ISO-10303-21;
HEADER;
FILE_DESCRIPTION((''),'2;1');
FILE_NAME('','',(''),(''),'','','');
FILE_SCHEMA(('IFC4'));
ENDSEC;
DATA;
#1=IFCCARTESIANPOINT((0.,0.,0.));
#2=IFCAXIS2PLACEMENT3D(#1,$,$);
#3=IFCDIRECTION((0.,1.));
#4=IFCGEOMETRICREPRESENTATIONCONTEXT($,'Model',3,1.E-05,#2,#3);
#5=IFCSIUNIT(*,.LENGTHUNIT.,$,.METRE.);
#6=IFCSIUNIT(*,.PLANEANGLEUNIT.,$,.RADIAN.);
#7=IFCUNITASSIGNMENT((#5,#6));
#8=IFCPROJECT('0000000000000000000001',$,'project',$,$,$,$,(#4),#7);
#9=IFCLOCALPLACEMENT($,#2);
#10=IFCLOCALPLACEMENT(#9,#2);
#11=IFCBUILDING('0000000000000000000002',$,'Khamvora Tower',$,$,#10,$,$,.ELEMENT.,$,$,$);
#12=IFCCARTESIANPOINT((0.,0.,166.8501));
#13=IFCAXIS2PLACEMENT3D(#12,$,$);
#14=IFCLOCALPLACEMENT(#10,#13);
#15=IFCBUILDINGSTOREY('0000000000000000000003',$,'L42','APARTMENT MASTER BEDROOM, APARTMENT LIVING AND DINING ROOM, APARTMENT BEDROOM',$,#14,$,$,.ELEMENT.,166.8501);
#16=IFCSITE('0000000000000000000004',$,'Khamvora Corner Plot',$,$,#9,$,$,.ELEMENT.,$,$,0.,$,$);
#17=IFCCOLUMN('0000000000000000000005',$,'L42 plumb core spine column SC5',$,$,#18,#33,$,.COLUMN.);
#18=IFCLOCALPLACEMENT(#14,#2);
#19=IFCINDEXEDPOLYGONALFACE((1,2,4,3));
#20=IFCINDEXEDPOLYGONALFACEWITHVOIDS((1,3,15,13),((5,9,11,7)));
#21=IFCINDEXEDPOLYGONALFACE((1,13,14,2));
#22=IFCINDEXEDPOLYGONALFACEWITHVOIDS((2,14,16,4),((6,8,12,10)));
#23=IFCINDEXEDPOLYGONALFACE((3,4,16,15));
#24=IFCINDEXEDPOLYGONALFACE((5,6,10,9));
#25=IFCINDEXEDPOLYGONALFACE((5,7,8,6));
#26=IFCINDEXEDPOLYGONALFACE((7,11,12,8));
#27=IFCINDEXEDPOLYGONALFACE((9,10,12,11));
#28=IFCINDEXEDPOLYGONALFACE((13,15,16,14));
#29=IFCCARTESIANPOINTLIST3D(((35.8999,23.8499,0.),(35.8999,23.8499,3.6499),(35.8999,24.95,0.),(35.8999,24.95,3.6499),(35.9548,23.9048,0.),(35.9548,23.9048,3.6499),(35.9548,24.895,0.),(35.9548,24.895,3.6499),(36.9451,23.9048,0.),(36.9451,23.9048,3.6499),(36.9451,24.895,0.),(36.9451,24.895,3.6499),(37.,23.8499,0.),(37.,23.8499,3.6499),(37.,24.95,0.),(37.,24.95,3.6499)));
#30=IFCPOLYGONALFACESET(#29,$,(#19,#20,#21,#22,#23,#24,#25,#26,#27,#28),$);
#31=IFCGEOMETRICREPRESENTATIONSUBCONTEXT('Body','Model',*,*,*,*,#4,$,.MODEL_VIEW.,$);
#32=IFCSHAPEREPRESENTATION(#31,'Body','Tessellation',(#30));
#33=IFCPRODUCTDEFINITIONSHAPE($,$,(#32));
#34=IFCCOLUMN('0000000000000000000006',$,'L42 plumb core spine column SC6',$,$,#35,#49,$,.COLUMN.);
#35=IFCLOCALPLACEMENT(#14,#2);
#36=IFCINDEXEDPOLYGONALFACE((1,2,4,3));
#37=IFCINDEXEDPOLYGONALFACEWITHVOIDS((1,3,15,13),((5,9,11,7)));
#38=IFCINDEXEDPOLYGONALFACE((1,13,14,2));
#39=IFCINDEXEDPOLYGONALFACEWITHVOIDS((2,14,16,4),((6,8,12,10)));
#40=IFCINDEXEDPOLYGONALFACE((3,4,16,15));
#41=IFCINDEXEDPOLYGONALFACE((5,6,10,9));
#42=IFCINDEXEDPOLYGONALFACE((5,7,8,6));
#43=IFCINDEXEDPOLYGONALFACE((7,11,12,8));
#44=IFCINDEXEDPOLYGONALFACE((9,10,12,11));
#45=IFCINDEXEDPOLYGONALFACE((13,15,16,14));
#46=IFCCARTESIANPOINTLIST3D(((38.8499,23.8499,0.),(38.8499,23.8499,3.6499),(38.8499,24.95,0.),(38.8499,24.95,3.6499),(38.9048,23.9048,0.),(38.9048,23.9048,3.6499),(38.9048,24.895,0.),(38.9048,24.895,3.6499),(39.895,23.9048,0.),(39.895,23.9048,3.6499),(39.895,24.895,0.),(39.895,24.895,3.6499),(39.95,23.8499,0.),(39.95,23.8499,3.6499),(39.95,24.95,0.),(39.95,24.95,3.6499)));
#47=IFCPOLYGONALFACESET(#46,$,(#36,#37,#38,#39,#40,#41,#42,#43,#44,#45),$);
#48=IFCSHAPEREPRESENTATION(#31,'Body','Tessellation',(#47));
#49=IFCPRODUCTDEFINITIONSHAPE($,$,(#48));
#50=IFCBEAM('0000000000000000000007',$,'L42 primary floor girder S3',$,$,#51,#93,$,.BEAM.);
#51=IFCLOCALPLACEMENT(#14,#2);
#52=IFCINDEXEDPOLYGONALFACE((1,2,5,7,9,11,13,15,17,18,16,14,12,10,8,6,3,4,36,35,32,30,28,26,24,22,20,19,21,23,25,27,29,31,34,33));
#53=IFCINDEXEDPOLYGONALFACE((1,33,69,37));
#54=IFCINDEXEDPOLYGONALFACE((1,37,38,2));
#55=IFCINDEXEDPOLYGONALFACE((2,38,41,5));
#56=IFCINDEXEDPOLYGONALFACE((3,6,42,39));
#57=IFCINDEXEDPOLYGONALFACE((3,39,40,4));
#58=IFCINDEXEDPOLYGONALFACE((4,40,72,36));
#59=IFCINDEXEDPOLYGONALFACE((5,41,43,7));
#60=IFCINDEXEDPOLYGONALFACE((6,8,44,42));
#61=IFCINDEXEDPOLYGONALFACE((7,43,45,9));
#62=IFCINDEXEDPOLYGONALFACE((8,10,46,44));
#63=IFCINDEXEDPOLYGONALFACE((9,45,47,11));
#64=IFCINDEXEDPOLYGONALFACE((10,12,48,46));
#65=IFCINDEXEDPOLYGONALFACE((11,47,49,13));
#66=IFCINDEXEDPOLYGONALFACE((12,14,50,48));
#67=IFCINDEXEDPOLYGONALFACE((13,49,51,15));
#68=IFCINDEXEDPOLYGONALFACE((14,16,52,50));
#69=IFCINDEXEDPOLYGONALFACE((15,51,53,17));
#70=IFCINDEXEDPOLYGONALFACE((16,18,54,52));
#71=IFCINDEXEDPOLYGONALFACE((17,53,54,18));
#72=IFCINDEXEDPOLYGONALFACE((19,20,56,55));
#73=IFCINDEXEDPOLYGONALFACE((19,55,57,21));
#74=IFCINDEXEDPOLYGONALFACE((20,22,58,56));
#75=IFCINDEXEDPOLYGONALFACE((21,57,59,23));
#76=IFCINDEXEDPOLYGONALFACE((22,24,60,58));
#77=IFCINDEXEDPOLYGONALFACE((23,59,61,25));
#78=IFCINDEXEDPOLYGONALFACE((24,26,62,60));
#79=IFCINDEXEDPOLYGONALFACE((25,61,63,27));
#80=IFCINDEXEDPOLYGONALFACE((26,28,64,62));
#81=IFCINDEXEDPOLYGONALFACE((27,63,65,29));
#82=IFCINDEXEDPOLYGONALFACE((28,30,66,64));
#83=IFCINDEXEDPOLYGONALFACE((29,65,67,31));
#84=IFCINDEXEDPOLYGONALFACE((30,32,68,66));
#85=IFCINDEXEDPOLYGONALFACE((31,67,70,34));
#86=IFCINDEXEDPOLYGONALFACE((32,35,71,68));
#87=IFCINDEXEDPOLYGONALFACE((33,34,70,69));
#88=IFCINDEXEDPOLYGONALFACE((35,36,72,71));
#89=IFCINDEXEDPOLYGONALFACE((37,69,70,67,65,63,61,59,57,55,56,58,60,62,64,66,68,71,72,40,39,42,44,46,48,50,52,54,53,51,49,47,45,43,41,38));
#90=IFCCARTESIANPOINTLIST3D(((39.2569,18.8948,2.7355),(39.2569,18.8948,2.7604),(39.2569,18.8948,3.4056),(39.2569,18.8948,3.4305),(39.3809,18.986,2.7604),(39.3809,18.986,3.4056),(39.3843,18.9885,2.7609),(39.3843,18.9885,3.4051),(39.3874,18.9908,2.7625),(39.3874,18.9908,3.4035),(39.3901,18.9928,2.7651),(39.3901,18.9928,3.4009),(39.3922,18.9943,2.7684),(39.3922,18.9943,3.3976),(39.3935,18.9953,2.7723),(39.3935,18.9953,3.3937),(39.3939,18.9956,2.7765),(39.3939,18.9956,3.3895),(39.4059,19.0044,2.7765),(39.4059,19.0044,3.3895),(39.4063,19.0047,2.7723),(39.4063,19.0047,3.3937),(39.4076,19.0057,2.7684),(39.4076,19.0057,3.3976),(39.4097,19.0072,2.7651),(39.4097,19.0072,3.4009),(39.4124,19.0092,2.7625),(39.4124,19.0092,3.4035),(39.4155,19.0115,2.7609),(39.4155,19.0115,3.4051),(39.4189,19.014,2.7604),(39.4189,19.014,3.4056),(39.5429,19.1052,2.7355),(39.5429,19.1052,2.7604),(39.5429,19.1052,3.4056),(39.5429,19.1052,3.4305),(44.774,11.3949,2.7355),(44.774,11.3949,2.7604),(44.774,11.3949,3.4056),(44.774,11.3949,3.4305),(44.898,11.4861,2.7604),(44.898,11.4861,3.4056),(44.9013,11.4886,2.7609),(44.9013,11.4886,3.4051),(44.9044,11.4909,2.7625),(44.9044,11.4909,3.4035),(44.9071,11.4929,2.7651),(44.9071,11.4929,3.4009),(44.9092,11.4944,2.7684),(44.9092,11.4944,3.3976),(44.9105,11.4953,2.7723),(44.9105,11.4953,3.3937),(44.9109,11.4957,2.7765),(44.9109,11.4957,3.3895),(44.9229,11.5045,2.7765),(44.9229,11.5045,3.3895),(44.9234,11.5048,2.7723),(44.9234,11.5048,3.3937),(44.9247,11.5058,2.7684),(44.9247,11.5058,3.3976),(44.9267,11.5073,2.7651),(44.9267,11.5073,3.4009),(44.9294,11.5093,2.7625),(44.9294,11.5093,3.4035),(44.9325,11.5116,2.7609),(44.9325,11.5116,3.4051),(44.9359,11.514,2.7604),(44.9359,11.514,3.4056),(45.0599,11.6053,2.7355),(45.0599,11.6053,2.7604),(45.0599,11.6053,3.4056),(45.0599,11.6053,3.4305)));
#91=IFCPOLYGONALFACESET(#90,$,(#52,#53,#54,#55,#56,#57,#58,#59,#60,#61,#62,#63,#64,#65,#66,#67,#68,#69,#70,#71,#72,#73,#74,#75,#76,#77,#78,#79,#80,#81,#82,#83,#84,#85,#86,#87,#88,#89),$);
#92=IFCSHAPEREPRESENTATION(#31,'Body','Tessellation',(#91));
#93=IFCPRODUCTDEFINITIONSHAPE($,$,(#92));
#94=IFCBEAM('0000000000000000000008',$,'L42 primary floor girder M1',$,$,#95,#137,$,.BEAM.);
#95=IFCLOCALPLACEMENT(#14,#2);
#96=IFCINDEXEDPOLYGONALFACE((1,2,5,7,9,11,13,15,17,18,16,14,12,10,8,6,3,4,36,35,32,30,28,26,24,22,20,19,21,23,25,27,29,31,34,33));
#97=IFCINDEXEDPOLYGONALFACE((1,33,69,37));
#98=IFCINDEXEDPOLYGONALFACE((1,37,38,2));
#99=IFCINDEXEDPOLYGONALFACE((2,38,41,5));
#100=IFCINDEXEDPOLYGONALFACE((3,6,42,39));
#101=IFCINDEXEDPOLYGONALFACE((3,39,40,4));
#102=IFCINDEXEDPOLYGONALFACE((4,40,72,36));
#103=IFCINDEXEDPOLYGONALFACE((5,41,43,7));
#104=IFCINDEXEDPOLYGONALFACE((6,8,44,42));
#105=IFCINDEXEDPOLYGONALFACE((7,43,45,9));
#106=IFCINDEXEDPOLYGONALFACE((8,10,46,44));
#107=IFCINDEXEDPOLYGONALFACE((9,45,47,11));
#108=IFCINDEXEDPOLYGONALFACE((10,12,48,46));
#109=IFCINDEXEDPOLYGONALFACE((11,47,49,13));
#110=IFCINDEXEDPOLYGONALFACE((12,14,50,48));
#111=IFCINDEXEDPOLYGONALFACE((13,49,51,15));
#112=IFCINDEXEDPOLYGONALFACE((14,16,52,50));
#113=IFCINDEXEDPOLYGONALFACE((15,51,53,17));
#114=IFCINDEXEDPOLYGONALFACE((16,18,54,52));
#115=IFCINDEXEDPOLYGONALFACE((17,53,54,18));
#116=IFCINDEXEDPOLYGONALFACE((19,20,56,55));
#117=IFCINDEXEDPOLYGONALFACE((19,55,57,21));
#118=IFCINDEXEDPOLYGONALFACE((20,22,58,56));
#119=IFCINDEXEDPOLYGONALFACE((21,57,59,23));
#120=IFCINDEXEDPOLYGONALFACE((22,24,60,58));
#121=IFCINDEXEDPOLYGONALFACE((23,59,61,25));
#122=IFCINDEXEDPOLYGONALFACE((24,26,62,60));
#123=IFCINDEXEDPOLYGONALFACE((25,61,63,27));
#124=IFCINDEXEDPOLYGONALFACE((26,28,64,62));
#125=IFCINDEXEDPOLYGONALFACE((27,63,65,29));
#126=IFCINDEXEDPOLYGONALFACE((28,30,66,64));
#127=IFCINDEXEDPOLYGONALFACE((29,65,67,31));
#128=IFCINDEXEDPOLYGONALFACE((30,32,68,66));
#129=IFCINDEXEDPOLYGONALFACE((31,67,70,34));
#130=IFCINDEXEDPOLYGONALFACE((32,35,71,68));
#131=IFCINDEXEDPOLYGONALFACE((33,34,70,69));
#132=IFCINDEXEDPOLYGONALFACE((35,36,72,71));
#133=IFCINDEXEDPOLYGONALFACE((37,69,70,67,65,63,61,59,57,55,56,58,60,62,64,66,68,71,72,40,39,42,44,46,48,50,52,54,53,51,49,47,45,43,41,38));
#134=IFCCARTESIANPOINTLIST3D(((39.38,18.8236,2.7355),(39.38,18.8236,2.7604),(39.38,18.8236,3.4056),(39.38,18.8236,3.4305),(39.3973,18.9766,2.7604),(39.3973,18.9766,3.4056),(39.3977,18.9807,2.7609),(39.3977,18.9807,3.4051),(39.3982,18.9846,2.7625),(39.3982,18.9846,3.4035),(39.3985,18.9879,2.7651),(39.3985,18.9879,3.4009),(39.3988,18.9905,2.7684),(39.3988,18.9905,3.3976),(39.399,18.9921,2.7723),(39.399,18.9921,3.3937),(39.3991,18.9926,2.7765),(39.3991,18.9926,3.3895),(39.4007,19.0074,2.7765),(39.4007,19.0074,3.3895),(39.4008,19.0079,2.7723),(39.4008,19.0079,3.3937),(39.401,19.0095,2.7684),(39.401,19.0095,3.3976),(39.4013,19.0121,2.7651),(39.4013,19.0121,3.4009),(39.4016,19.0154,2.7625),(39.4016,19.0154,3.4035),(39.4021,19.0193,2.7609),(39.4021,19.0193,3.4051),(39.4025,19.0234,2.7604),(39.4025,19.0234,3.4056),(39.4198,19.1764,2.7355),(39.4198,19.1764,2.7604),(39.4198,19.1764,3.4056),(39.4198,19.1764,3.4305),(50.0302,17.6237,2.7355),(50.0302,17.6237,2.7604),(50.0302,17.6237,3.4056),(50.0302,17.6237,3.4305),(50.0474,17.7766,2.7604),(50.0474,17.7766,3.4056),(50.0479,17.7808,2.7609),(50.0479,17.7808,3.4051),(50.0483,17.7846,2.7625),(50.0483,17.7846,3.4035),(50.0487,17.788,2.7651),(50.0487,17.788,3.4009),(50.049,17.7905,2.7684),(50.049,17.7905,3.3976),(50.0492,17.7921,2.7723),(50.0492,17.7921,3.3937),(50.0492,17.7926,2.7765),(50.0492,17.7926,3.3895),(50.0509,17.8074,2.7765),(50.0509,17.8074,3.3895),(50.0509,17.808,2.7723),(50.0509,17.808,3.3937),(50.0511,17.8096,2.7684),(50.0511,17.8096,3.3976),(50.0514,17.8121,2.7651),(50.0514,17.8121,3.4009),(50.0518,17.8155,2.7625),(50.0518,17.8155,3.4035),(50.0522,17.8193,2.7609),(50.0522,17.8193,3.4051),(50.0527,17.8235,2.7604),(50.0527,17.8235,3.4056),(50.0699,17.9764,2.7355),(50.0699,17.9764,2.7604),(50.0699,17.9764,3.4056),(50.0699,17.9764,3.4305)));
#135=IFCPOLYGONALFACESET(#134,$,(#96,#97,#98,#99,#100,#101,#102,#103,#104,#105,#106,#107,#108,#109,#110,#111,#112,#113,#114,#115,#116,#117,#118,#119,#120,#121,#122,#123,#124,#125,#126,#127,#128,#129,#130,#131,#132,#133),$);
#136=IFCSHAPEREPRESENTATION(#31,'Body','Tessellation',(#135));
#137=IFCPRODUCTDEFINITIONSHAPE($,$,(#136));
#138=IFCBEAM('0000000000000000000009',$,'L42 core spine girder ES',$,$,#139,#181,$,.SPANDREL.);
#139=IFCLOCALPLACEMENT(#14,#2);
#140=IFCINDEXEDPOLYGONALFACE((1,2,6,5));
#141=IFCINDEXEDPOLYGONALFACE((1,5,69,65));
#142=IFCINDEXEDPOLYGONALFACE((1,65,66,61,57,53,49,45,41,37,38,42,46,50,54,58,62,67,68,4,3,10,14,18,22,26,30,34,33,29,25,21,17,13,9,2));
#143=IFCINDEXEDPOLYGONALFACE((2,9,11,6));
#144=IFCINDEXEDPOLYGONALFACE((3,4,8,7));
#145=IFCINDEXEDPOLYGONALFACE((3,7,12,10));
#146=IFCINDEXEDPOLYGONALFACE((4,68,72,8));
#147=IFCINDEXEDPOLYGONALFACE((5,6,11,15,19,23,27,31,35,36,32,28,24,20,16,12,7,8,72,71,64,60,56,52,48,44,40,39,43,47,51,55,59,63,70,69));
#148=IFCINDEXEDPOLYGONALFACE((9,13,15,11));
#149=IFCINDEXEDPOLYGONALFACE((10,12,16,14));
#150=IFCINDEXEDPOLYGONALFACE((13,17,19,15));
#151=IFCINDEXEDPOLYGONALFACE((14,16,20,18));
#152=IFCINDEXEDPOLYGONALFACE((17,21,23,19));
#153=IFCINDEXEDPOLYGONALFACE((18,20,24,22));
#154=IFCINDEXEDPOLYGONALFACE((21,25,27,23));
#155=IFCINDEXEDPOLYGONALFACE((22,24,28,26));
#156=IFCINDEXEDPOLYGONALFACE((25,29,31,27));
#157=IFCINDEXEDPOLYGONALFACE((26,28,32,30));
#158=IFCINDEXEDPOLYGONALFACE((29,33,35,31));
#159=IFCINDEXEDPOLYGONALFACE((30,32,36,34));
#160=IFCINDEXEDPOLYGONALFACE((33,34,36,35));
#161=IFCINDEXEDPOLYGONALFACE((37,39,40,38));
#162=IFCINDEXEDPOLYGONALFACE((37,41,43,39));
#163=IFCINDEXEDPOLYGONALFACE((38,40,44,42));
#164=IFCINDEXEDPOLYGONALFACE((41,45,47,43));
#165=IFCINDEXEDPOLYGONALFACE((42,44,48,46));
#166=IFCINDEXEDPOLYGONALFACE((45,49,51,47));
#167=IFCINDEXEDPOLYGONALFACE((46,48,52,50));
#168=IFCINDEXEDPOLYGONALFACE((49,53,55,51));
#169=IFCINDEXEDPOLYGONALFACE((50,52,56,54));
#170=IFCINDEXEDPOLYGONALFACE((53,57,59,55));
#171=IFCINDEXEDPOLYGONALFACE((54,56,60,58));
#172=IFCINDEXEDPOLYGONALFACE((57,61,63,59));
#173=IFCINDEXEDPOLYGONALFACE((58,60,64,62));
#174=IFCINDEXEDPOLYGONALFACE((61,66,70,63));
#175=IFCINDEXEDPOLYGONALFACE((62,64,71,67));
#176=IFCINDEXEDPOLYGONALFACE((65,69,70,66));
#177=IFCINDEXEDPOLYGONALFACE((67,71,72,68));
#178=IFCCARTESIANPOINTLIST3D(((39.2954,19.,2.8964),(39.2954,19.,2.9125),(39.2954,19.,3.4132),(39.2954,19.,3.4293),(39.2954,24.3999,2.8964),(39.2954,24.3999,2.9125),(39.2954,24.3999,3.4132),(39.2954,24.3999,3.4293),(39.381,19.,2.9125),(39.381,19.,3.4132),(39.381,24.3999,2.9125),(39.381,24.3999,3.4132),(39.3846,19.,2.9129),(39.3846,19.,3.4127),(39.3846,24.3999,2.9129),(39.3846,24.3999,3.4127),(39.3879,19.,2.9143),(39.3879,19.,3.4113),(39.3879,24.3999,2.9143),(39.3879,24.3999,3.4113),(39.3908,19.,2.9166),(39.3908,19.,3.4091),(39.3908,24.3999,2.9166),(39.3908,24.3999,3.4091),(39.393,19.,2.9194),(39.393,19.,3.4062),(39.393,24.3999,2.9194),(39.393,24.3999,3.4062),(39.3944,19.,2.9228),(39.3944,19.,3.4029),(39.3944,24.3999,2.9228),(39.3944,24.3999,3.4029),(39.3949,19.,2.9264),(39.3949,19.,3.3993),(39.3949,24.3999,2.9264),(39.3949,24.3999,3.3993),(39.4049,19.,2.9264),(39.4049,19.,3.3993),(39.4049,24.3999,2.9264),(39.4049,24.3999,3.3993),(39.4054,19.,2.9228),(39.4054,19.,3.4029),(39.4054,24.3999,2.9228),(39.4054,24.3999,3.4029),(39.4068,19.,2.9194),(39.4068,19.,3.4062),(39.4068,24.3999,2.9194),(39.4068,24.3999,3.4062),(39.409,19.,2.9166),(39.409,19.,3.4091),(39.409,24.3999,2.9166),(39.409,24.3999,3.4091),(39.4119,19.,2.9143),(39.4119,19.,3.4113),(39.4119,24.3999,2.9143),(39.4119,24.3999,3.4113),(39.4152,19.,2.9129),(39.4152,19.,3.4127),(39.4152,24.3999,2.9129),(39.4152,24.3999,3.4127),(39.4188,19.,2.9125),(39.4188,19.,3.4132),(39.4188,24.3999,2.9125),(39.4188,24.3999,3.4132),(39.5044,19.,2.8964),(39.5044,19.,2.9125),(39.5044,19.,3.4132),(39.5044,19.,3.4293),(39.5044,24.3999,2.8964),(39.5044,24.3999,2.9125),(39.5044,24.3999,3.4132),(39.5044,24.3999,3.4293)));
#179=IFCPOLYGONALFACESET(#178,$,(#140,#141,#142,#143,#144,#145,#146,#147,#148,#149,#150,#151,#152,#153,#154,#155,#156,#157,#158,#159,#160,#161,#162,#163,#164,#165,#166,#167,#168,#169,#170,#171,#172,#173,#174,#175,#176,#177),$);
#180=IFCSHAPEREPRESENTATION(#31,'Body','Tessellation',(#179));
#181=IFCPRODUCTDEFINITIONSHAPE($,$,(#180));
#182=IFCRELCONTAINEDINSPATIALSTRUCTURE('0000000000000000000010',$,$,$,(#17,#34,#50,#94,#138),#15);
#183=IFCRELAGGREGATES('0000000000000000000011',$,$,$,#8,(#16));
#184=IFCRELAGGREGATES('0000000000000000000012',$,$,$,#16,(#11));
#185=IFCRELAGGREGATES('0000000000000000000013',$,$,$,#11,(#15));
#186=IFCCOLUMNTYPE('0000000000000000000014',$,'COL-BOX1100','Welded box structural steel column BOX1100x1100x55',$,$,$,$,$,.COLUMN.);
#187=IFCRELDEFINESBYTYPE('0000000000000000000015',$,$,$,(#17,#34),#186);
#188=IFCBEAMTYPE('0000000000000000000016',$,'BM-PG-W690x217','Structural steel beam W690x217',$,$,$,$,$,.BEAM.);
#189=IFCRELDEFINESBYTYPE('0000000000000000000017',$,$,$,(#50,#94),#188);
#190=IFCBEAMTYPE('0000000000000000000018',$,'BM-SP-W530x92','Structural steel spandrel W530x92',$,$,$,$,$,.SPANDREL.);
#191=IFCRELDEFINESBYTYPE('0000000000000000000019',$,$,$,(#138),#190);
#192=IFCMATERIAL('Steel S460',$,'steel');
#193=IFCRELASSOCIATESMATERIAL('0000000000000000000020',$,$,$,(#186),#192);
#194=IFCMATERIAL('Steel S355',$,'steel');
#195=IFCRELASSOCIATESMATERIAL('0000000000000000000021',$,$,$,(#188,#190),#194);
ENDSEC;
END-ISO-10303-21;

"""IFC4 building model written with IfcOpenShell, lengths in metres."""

from ifc_helpers import new_model, si_unit, direction, frame, origin, origin_2d, place, context, subcontext, project, spatial, hollow_rectangle, i_section, extrude, material, material_profile, profile_set, type_object, element, save


model = new_model("IFC4")

# Units and contexts
model_context = context("Model", 3, precision=1e-05, world=origin(), true_north=direction((0.0, 1.0)))
body_context = subcontext(model_context, "Body", "Model", "MODEL_VIEW")
ifc_project = project(units=[si_unit("LENGTHUNIT", "METRE"), si_unit("PLANEANGLEUNIT", "RADIAN")], contexts=[model_context])

# Site, building, storey
site_placement = place(None, origin())
site = spatial("IfcSite", under=ifc_project, at=site_placement, Name="Khamvora Corner Plot", CompositionType="ELEMENT", RefElevation=0.0)
building_placement = place(site_placement, origin())
building = spatial("IfcBuilding", under=site, at=building_placement, Name="Khamvora Tower", CompositionType="ELEMENT")
storey_placement = place(building_placement, frame((0.0, 0.0, 166.8501)))
storey = spatial("IfcBuildingStorey", under=building, at=storey_placement, Name="L42", Description="APARTMENT MASTER BEDROOM, APARTMENT LIVING AND DINING ROOM, APARTMENT BEDROOM", CompositionType="ELEMENT", Elevation=166.8501)

# Columns
ifc_material_1 = material(Name="Steel S460", Category="steel")
ifc_material_profile_1 = material_profile(ifc_material_1, hollow_rectangle(XDim=1.1001, YDim=1.1001, WallThickness=0.0549, at=origin_2d()), Name="BOX1100x1100x55")
ifc_profile_set_1 = profile_set([ifc_material_profile_1], Name="Steel S460")
column_type = type_object("IfcColumnType", Name="COL-BOX1100", Description="Welded box structural steel column BOX1100x1100x55", PredefinedType="COLUMN", material=ifc_profile_set_1)
for number, where, z_axis, x_axis, name in (
    (1, (36.45, 24.3999, 0.0), (0.0, 0.0, 1.0), (1.0, 0.0, 0.0), "L42 plumb core spine column SC5"),
    (2, (39.3999, 24.3999, 0.0), (0.0, 0.0, 1.0), (1.0, 0.0, 0.0), "L42 plumb core spine column SC6"),
):
    element("IfcColumn", number, at=place(storey_placement, frame(where, z_axis=z_axis, x_axis=x_axis)), inside=storey, type_object=column_type, Name=name, PredefinedType="COLUMN", context=body_context, shape_type="SweptSolid", body=[
        extrude(hollow_rectangle(XDim=1.1001, YDim=1.1001, WallThickness=0.0549, at=origin_2d()), origin(), (0.0, 0.0, 1.0), 3.6499),
    ])

# Beams
ifc_material_2 = material(Name="Steel S355", Category="steel")
ifc_material_profile_2 = material_profile(ifc_material_2, i_section(OverallWidth=0.355, OverallDepth=0.6951, WebThickness=0.0149, FlangeThickness=0.0249, FilletRadius=0.0161, at=origin_2d()), Name="W690x217")
ifc_profile_set_2 = profile_set([ifc_material_profile_2], Name="Steel S355")
beam_type_1 = type_object("IfcBeamType", Name="BM-PG-W690x217", Description="Structural steel beam W690x217", PredefinedType="BEAM", material=ifc_profile_set_2)
beam_1_placement = place(storey_placement, frame((39.3999, 19.0, 3.083), z_axis=(0.592557, -0.805529, 0.0), x_axis=(0.805529, 0.592557, 0.0)))
element("IfcBeam", 3, at=beam_1_placement, inside=storey, type_object=beam_type_1, Name="L42 primary floor girder S3", PredefinedType="BEAM", context=body_context, shape_type="SweptSolid", body=[
    extrude(i_section(OverallWidth=0.355, OverallDepth=0.6951, WebThickness=0.0149, FlangeThickness=0.0249, FilletRadius=0.0161, at=origin_2d()), origin(), (0.0, 0.0, 1.0), 9.3105),
])
beam_2_placement = place(storey_placement, frame((39.3999, 19.0, 3.083), z_axis=(0.993713, -0.111962, 0.0), x_axis=(0.111962, 0.993713, 0.0)))
element("IfcBeam", 4, at=beam_2_placement, inside=storey, type_object=beam_type_1, Name="L42 primary floor girder M1", PredefinedType="BEAM", context=body_context, shape_type="SweptSolid", body=[
    extrude(i_section(OverallWidth=0.355, OverallDepth=0.6951, WebThickness=0.0149, FlangeThickness=0.0249, FilletRadius=0.0161, at=origin_2d()), origin(), (0.0, 0.0, 1.0), 10.7175),
])
ifc_material_profile_3 = material_profile(ifc_material_2, i_section(OverallWidth=0.209, OverallDepth=0.533, WebThickness=0.01, FlangeThickness=0.0161, FilletRadius=0.0139, at=origin_2d()), Name="W530x92")
ifc_profile_set_3 = profile_set([ifc_material_profile_3], Name="Steel S355")
beam_type_2 = type_object("IfcBeamType", Name="BM-SP-W530x92", Description="Structural steel spandrel W530x92", PredefinedType="SPANDREL", material=ifc_profile_set_3)
beam_3_placement = place(storey_placement, frame((39.3999, 19.0, 3.1628), z_axis=(0.0, 1.0, 0.0), x_axis=(-1.0, 0.0, 0.0)))
element("IfcBeam", 5, at=beam_3_placement, inside=storey, type_object=beam_type_2, Name="L42 core spine girder ES", PredefinedType="SPANDREL", context=body_context, shape_type="SweptSolid", body=[
    extrude(i_section(OverallWidth=0.209, OverallDepth=0.533, WebThickness=0.01, FlangeThickness=0.0161, FilletRadius=0.0139, at=origin_2d()), origin(), (0.0, 0.0, 1.0), 5.3999),
])

save(model, "model.ifc")
